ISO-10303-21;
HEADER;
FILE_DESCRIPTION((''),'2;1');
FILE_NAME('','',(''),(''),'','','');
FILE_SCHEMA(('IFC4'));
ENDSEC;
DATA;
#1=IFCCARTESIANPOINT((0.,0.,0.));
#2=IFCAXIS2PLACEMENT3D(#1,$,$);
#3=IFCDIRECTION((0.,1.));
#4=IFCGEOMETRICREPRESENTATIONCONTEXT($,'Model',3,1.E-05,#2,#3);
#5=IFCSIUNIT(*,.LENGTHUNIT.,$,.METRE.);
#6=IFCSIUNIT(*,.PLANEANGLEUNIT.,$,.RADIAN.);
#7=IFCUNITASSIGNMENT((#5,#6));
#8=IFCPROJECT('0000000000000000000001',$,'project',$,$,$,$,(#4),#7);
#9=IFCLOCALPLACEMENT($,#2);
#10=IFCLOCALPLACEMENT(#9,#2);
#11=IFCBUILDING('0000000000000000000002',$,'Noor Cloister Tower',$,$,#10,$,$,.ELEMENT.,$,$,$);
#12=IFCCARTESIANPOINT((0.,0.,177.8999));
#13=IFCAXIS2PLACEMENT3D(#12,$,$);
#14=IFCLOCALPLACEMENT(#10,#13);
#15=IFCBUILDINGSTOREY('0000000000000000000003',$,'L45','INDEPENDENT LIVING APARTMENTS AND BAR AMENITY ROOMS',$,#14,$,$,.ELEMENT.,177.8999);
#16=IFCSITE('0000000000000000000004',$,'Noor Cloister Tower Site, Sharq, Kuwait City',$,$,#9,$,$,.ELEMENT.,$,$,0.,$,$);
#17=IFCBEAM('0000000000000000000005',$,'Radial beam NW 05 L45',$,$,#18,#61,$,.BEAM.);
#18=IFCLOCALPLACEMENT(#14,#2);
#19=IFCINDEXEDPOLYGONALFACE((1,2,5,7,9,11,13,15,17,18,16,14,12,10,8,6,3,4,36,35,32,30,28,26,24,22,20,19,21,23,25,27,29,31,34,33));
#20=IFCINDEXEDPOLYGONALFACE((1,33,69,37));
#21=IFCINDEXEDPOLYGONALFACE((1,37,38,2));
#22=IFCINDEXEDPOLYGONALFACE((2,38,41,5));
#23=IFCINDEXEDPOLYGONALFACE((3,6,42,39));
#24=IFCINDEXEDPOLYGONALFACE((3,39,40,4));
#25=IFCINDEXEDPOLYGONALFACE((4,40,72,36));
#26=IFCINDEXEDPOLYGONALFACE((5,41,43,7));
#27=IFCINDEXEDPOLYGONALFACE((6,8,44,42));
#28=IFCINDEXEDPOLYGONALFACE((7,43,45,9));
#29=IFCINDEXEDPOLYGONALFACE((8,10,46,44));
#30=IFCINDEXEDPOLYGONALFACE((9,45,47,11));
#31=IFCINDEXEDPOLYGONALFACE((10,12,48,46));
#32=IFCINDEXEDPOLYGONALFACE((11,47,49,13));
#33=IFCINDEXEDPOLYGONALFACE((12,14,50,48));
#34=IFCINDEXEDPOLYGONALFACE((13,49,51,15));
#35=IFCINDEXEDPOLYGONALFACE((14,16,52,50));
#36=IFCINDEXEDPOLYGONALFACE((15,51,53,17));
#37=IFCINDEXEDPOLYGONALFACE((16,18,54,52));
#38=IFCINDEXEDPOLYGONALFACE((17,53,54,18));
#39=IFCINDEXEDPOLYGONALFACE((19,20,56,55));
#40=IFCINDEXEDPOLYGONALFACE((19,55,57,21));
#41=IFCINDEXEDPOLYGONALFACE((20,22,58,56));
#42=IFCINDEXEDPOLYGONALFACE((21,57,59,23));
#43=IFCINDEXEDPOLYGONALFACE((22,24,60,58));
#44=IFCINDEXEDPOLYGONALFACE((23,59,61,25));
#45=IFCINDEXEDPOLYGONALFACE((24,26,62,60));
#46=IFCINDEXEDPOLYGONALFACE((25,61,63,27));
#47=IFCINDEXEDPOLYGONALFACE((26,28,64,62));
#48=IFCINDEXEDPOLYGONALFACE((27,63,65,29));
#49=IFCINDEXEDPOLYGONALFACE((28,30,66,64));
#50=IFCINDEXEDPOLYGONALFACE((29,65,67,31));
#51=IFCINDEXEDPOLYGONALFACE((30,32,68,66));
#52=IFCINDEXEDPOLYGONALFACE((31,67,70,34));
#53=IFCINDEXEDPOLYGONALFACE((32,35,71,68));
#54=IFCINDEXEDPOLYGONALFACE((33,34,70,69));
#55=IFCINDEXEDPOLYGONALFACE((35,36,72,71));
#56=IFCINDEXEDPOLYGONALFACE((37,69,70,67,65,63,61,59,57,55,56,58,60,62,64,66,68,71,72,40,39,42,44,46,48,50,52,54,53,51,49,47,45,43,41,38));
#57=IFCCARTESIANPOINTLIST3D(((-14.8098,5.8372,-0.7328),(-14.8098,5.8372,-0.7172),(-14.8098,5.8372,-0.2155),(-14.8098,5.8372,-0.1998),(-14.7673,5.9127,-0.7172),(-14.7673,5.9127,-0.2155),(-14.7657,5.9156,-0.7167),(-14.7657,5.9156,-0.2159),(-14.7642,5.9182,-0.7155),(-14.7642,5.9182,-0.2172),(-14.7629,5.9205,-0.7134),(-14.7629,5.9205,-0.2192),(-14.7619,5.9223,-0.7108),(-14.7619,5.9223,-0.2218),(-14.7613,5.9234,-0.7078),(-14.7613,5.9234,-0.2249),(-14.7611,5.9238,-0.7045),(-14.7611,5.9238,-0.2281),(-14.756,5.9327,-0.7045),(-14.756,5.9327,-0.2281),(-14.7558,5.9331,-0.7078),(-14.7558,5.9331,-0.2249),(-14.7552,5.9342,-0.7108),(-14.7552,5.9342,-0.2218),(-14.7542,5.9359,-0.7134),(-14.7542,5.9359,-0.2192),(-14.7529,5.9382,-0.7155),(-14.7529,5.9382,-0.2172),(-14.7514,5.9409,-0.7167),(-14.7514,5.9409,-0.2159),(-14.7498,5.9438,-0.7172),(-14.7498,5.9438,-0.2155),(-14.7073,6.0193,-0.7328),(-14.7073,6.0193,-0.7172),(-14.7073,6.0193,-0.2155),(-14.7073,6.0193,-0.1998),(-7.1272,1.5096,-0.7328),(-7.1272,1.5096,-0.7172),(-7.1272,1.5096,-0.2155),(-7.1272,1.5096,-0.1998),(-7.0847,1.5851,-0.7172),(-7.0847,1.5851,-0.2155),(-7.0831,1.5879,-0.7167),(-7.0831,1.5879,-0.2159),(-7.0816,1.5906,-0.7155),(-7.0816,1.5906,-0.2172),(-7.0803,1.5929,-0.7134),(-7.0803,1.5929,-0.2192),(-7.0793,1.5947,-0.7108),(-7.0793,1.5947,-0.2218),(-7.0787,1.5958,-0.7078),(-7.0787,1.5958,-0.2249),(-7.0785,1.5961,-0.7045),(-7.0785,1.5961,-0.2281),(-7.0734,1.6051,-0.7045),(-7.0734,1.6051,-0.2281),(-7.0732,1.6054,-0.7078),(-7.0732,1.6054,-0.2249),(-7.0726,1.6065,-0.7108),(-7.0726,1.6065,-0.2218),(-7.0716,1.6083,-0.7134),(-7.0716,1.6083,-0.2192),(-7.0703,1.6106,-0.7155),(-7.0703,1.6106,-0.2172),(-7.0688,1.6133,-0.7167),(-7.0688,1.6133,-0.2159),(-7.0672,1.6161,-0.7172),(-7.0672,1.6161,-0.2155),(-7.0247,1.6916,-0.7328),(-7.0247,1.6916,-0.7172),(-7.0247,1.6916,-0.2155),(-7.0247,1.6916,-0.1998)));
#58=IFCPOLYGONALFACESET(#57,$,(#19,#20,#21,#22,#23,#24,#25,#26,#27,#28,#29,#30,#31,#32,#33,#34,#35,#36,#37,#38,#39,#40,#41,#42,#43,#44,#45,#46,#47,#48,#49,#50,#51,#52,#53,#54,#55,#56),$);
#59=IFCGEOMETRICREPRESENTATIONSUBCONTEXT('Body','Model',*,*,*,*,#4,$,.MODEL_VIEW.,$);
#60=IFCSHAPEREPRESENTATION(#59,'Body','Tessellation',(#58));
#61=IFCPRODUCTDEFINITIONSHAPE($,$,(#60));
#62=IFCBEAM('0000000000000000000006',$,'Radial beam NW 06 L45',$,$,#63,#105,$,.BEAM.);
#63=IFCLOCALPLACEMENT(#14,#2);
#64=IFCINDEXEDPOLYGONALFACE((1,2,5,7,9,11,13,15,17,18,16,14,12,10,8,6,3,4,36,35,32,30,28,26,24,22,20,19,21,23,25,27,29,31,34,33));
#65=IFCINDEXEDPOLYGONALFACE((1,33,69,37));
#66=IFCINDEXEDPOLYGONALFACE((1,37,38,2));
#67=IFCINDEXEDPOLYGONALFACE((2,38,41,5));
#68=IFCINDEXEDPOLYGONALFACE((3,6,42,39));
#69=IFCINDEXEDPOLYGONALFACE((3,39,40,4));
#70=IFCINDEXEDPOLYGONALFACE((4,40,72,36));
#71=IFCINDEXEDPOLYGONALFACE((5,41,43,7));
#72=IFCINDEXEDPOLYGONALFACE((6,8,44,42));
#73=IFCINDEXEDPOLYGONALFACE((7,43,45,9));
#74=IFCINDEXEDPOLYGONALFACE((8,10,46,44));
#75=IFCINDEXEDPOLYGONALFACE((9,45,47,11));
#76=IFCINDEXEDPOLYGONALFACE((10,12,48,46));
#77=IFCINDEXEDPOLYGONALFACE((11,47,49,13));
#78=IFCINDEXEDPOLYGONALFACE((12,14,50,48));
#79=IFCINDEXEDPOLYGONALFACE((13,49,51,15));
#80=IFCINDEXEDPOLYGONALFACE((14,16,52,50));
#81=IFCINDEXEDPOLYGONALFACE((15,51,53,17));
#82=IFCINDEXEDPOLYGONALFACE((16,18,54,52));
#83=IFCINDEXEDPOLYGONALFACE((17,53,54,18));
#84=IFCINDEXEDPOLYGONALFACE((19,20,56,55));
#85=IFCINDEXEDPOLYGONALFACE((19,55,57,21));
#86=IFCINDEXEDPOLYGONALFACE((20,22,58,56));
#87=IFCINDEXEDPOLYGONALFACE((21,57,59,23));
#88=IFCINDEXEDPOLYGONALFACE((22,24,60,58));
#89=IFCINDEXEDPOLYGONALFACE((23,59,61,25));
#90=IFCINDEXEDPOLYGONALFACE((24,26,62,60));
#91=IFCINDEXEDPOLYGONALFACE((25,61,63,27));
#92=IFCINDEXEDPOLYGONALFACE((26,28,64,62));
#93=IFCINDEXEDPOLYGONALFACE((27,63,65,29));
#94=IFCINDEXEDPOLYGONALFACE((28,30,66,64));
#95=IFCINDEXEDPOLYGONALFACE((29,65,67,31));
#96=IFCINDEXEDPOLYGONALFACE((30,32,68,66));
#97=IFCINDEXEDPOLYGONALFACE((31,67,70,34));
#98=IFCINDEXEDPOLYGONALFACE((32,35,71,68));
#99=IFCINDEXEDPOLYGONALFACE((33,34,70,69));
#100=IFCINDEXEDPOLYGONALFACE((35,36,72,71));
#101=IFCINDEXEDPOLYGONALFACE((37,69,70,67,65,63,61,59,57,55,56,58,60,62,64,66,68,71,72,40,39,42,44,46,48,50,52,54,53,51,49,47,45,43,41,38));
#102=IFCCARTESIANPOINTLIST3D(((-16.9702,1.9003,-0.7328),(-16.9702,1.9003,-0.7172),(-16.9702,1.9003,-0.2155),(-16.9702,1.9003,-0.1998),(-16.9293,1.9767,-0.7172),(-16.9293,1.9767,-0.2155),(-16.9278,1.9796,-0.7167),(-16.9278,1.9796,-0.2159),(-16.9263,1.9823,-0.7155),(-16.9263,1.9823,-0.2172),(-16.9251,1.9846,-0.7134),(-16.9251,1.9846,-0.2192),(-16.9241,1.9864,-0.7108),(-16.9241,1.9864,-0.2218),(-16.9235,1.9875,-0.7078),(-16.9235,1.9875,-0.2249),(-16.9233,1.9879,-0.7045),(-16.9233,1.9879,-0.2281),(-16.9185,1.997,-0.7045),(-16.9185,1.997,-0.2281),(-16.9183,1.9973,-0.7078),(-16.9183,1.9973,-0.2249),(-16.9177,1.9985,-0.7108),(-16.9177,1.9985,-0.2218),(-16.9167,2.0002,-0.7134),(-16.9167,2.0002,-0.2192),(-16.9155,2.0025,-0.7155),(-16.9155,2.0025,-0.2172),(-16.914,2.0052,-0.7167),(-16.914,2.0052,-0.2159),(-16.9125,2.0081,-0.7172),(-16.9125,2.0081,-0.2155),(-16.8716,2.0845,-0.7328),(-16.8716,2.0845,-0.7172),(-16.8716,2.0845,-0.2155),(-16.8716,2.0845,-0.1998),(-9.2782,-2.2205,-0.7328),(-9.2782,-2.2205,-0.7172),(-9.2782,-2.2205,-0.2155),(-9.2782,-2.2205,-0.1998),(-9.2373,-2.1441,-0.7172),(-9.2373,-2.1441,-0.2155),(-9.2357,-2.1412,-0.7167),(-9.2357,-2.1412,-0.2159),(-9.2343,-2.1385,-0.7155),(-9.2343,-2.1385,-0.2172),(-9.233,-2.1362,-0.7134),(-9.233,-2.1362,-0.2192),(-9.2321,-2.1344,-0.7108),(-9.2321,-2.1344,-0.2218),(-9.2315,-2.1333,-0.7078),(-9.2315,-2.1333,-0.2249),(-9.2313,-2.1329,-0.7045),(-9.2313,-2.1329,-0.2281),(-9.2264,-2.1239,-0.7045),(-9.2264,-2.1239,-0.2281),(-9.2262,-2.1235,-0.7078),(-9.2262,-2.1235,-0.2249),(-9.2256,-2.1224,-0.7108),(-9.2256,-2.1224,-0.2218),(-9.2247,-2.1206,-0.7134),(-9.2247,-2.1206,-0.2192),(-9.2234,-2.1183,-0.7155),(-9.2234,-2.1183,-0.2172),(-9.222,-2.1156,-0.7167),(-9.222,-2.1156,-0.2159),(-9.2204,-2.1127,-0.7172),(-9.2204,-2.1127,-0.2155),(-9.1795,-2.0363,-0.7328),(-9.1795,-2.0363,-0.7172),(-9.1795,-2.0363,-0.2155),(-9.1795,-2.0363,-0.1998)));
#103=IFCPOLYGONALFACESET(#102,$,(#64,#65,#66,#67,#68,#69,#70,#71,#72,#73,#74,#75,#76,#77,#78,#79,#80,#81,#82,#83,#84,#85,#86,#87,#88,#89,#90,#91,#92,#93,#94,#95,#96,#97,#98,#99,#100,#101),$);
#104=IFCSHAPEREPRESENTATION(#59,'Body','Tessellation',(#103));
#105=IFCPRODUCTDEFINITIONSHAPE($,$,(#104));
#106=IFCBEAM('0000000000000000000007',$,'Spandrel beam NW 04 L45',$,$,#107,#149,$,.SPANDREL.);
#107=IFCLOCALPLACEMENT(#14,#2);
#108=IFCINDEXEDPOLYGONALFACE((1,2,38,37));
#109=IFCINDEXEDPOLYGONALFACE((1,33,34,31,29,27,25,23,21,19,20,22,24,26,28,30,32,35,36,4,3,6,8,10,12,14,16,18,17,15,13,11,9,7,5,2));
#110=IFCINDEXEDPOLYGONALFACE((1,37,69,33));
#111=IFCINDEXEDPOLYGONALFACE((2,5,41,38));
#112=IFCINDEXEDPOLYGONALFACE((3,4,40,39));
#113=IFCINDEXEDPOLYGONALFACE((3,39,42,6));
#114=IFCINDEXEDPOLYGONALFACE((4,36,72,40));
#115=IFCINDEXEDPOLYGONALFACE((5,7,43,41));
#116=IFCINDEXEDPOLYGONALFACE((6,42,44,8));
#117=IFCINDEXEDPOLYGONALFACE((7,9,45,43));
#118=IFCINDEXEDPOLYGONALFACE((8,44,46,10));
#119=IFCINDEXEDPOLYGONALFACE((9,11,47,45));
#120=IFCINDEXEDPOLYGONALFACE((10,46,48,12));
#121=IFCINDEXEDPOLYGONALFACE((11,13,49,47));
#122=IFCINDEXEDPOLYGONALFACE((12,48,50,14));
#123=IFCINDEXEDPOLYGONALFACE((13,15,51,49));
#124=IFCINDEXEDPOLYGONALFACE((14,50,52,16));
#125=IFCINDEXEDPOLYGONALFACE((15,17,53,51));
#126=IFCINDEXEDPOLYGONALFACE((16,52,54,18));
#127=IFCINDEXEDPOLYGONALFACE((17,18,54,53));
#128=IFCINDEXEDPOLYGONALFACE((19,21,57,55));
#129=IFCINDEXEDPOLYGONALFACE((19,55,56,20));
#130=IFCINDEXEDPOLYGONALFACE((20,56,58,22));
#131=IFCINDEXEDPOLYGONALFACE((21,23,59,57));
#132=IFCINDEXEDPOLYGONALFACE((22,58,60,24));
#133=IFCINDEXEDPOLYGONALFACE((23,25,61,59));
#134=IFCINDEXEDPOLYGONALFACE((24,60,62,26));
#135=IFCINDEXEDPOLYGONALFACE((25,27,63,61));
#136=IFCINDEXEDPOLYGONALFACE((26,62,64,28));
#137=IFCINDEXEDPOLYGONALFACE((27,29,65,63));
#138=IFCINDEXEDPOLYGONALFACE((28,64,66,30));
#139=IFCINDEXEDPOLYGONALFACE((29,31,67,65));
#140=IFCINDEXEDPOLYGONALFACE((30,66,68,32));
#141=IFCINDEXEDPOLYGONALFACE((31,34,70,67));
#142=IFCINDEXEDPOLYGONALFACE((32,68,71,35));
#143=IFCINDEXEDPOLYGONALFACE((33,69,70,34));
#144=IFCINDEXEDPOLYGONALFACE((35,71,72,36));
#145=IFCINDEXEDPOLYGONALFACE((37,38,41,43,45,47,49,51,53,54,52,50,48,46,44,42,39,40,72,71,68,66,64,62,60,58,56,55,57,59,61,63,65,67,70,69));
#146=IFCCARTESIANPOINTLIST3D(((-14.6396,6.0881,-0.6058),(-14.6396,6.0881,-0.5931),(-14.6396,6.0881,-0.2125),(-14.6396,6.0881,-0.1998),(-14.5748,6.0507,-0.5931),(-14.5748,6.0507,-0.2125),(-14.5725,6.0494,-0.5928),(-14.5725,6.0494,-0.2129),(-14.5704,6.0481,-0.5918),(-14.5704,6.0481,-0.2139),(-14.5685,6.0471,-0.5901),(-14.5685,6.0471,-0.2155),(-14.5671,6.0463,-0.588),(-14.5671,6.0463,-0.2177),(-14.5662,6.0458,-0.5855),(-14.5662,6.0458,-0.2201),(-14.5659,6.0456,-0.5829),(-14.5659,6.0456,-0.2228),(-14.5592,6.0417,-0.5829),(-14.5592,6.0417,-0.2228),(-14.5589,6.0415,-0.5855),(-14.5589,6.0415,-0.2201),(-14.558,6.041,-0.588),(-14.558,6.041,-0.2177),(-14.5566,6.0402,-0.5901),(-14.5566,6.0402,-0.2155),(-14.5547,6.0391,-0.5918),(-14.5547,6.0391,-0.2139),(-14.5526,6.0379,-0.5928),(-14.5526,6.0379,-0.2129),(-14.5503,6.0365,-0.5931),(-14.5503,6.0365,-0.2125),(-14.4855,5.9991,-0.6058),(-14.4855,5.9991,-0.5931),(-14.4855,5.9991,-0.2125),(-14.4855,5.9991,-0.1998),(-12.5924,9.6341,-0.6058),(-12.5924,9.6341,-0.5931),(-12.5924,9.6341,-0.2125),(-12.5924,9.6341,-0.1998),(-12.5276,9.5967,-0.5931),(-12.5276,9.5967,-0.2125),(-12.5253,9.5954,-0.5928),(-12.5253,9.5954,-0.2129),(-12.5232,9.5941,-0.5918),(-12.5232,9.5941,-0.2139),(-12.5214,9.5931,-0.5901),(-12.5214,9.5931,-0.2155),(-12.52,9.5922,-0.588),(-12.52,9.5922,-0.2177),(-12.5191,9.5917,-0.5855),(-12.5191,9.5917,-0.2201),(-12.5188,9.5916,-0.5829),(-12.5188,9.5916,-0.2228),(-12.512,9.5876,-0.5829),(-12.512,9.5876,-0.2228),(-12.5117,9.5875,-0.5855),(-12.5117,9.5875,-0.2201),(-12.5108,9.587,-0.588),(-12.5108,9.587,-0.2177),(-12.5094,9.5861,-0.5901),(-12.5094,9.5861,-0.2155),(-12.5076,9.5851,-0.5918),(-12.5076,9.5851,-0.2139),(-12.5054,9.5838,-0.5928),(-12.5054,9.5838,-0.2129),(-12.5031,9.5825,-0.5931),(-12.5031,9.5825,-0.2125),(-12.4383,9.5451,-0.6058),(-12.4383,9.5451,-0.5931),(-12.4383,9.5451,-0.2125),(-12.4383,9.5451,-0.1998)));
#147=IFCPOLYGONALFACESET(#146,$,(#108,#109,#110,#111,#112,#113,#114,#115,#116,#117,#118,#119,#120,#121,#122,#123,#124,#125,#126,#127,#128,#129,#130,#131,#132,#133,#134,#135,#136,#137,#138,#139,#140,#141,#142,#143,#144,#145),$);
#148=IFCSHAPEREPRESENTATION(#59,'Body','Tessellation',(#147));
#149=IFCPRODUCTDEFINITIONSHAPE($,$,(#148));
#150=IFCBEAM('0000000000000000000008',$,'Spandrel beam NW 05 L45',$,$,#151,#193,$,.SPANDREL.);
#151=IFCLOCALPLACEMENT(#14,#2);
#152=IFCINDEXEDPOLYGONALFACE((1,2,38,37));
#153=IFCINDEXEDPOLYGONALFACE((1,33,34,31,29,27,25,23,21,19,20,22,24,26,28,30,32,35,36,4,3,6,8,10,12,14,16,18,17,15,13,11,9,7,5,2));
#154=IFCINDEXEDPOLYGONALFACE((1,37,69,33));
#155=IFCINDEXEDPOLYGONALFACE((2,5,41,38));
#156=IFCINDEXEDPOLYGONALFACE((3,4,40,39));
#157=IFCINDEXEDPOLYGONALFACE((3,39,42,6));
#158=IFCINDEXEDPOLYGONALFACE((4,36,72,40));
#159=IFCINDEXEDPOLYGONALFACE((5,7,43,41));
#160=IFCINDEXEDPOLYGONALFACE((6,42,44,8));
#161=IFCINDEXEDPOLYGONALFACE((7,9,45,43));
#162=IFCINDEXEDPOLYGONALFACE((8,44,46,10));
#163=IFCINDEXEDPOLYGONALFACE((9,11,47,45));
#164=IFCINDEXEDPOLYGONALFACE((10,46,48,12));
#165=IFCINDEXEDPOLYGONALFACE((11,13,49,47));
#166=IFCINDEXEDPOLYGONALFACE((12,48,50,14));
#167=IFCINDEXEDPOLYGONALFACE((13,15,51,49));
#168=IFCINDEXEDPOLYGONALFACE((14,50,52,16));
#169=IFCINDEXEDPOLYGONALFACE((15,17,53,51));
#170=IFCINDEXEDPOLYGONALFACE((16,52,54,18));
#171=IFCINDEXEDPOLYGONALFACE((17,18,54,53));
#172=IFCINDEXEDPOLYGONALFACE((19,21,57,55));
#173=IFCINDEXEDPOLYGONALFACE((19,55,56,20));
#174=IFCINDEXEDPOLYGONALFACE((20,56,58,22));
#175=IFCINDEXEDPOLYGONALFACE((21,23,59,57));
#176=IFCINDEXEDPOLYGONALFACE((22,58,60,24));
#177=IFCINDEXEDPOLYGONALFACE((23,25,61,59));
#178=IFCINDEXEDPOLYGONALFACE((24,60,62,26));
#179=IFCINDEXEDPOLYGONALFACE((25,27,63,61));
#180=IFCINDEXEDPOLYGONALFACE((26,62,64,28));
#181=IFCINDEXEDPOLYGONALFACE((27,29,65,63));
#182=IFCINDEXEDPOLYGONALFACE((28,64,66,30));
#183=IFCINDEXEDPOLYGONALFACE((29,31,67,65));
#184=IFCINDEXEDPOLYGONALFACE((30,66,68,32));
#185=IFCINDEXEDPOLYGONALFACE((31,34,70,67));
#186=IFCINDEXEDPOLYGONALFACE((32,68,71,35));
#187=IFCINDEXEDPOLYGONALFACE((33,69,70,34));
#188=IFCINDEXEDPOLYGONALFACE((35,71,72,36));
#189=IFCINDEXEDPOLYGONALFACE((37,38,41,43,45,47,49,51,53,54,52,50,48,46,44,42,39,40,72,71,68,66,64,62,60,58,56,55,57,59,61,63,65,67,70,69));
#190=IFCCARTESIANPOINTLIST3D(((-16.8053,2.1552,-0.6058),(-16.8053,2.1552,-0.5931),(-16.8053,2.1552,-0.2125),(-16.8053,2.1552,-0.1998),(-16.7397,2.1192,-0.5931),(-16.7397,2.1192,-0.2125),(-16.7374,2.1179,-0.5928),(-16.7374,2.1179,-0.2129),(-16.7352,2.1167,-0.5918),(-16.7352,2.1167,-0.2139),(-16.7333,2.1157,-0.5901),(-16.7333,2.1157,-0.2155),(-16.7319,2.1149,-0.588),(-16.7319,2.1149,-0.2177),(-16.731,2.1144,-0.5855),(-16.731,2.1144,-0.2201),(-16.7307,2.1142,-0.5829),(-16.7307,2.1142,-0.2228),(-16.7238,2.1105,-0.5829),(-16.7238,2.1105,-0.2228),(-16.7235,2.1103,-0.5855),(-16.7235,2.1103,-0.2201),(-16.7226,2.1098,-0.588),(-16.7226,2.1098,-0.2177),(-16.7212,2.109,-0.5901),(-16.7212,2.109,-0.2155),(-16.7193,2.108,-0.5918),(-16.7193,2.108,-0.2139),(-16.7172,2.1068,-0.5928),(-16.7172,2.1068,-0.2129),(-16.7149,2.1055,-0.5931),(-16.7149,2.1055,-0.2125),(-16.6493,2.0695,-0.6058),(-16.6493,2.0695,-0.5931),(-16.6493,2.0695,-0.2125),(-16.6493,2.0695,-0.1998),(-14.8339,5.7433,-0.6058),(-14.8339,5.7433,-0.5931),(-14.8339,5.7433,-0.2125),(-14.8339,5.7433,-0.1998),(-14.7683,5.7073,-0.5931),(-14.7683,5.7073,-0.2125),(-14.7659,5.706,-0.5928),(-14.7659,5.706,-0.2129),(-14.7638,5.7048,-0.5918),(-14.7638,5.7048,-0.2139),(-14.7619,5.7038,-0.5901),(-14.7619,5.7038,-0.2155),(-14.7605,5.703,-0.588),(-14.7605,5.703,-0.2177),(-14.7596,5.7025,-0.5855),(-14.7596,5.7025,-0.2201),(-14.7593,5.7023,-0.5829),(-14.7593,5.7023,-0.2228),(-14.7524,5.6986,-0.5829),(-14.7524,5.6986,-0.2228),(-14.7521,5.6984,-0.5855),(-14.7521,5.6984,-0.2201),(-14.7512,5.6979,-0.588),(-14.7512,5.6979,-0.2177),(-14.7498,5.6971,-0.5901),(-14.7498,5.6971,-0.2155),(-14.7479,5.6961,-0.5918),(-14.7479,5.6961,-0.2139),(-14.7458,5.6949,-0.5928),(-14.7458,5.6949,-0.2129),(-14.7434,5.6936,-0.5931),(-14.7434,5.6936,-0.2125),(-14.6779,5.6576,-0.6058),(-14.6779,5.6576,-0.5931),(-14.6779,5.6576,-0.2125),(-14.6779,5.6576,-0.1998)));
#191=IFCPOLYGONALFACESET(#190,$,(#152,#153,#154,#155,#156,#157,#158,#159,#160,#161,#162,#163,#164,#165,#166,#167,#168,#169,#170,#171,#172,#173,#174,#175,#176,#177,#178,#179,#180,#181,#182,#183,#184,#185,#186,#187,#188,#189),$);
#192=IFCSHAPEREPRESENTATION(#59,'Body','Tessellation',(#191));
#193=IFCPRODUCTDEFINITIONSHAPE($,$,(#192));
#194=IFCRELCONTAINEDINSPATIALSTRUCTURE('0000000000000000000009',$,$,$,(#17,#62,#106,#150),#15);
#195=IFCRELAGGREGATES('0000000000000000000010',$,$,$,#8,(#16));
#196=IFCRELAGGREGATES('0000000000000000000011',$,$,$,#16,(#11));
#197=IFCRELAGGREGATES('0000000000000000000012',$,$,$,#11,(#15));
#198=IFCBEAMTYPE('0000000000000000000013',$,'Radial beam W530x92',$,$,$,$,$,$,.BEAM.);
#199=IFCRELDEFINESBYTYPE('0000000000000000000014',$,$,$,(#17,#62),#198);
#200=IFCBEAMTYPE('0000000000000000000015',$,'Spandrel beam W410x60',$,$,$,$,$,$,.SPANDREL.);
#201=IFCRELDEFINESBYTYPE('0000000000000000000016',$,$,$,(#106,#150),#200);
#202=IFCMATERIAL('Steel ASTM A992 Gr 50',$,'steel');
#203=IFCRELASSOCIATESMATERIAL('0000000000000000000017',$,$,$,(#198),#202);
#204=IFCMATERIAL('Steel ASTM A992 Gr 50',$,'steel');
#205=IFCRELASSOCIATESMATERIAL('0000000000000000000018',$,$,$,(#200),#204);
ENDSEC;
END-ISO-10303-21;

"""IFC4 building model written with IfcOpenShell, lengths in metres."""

from ifc_helpers import new_model, si_unit, direction, frame, origin, origin_2d, place, context, subcontext, project, spatial, i_section, extrude, material, material_profile, profile_set, type_object, element, save


model = new_model("IFC4")

# Units and contexts
model_context = context("Model", 3, precision=1e-05, world=origin(), true_north=direction((0.0, 1.0)))
body_context = subcontext(model_context, "Body", "Model", "MODEL_VIEW")
ifc_project = project(units=[si_unit("LENGTHUNIT", "METRE"), si_unit("PLANEANGLEUNIT", "RADIAN")], contexts=[model_context])

# Site, building, storey
site_placement = place(None, origin())
site = spatial("IfcSite", under=ifc_project, at=site_placement, Name="Noor Cloister Tower Site, Sharq, Kuwait City", CompositionType="ELEMENT", RefElevation=0.0)
building_placement = place(site_placement, origin())
building = spatial("IfcBuilding", under=site, at=building_placement, Name="Noor Cloister Tower", CompositionType="ELEMENT")
storey_placement = place(building_placement, frame((0.0, 0.0, 177.8999)))
storey = spatial("IfcBuildingStorey", under=building, at=storey_placement, Name="L45", Description="INDEPENDENT LIVING APARTMENTS AND BAR AMENITY ROOMS", CompositionType="ELEMENT", Elevation=177.8999)

# Beams
ifc_material_1 = material(Name="Steel ASTM A992 Gr 50", Category="steel")
ifc_material_profile_1 = material_profile(ifc_material_1, i_section(OverallWidth=0.209, OverallDepth=0.533, WebThickness=0.0103, FlangeThickness=0.0156, FilletRadius=0.0127, at=origin_2d()), Name="W530x92")
ifc_profile_set_1 = profile_set([ifc_material_profile_1], Name="Steel ASTM A992 Gr 50")
beam_type_1 = type_object("IfcBeamType", Name="Radial beam W530x92", PredefinedType="BEAM", material=ifc_profile_set_1)
beam_1_placement = place(storey_placement, frame((-14.7585, 5.9282, -0.4663), z_axis=(0.871277, -0.490792, 0.0), x_axis=(0.490792, 0.871277, 0.0)))
element("IfcBeam", 1, at=beam_1_placement, inside=storey, type_object=beam_type_1, Name="Radial beam NW 05 L45", PredefinedType="BEAM", context=body_context, shape_type="SweptSolid", body=[
    extrude(i_section(OverallWidth=0.209, OverallDepth=0.533, WebThickness=0.0103, FlangeThickness=0.0156, FilletRadius=0.0127, at=origin_2d()), origin(), (0.0, 0.0, 1.0), 8.8176),
])
beam_2_placement = place(storey_placement, frame((-16.9209, 1.9924, -0.4663), z_axis=(0.881477, -0.472227, 0.0), x_axis=(0.472227, 0.881477, 0.0)))
element("IfcBeam", 2, at=beam_2_placement, inside=storey, type_object=beam_type_1, Name="Radial beam NW 06 L45", PredefinedType="BEAM", context=body_context, shape_type="SweptSolid", body=[
    extrude(i_section(OverallWidth=0.209, OverallDepth=0.533, WebThickness=0.0103, FlangeThickness=0.0156, FilletRadius=0.0127, at=origin_2d()), origin(), (0.0, 0.0, 1.0), 8.7263),
])
ifc_material_2 = material(Name="Steel ASTM A992 Gr 50", Category="steel")
ifc_material_profile_2 = material_profile(ifc_material_2, i_section(OverallWidth=0.178, OverallDepth=0.406, WebThickness=0.0078, FlangeThickness=0.0127, FilletRadius=0.0103, at=origin_2d()), Name="W410x60")
ifc_profile_set_2 = profile_set([ifc_material_profile_2], Name="Steel ASTM A992 Gr 50")
beam_type_2 = type_object("IfcBeamType", Name="Spandrel beam W410x60", PredefinedType="SPANDREL", material=ifc_profile_set_2)
beam_3_placement = place(storey_placement, frame((-12.5154, 9.5896, -0.4028), z_axis=(-0.499981, -0.866037, 0.0), x_axis=(0.866037, -0.499981, 0.0)))
element("IfcBeam", 3, at=beam_3_placement, inside=storey, type_object=beam_type_2, Name="Spandrel beam NW 04 L45", PredefinedType="SPANDREL", context=body_context, shape_type="SweptSolid", body=[
    extrude(i_section(OverallWidth=0.178, OverallDepth=0.406, WebThickness=0.0078, FlangeThickness=0.0127, FilletRadius=0.0103, at=origin_2d()), origin(), (0.0, 0.0, 1.0), 4.0945),
])
beam_4_placement = place(storey_placement, frame((-14.7559, 5.7004, -0.4028), z_axis=(-0.481536, -0.876426, 0.0), x_axis=(0.876426, -0.481536, 0.0)))
element("IfcBeam", 4, at=beam_4_placement, inside=storey, type_object=beam_type_2, Name="Spandrel beam NW 05 L45", PredefinedType="SPANDREL", context=body_context, shape_type="SweptSolid", body=[
    extrude(i_section(OverallWidth=0.178, OverallDepth=0.406, WebThickness=0.0078, FlangeThickness=0.0127, FilletRadius=0.0103, at=origin_2d()), origin(), (0.0, 0.0, 1.0), 4.094),
])

save(model, "model.ifc")
